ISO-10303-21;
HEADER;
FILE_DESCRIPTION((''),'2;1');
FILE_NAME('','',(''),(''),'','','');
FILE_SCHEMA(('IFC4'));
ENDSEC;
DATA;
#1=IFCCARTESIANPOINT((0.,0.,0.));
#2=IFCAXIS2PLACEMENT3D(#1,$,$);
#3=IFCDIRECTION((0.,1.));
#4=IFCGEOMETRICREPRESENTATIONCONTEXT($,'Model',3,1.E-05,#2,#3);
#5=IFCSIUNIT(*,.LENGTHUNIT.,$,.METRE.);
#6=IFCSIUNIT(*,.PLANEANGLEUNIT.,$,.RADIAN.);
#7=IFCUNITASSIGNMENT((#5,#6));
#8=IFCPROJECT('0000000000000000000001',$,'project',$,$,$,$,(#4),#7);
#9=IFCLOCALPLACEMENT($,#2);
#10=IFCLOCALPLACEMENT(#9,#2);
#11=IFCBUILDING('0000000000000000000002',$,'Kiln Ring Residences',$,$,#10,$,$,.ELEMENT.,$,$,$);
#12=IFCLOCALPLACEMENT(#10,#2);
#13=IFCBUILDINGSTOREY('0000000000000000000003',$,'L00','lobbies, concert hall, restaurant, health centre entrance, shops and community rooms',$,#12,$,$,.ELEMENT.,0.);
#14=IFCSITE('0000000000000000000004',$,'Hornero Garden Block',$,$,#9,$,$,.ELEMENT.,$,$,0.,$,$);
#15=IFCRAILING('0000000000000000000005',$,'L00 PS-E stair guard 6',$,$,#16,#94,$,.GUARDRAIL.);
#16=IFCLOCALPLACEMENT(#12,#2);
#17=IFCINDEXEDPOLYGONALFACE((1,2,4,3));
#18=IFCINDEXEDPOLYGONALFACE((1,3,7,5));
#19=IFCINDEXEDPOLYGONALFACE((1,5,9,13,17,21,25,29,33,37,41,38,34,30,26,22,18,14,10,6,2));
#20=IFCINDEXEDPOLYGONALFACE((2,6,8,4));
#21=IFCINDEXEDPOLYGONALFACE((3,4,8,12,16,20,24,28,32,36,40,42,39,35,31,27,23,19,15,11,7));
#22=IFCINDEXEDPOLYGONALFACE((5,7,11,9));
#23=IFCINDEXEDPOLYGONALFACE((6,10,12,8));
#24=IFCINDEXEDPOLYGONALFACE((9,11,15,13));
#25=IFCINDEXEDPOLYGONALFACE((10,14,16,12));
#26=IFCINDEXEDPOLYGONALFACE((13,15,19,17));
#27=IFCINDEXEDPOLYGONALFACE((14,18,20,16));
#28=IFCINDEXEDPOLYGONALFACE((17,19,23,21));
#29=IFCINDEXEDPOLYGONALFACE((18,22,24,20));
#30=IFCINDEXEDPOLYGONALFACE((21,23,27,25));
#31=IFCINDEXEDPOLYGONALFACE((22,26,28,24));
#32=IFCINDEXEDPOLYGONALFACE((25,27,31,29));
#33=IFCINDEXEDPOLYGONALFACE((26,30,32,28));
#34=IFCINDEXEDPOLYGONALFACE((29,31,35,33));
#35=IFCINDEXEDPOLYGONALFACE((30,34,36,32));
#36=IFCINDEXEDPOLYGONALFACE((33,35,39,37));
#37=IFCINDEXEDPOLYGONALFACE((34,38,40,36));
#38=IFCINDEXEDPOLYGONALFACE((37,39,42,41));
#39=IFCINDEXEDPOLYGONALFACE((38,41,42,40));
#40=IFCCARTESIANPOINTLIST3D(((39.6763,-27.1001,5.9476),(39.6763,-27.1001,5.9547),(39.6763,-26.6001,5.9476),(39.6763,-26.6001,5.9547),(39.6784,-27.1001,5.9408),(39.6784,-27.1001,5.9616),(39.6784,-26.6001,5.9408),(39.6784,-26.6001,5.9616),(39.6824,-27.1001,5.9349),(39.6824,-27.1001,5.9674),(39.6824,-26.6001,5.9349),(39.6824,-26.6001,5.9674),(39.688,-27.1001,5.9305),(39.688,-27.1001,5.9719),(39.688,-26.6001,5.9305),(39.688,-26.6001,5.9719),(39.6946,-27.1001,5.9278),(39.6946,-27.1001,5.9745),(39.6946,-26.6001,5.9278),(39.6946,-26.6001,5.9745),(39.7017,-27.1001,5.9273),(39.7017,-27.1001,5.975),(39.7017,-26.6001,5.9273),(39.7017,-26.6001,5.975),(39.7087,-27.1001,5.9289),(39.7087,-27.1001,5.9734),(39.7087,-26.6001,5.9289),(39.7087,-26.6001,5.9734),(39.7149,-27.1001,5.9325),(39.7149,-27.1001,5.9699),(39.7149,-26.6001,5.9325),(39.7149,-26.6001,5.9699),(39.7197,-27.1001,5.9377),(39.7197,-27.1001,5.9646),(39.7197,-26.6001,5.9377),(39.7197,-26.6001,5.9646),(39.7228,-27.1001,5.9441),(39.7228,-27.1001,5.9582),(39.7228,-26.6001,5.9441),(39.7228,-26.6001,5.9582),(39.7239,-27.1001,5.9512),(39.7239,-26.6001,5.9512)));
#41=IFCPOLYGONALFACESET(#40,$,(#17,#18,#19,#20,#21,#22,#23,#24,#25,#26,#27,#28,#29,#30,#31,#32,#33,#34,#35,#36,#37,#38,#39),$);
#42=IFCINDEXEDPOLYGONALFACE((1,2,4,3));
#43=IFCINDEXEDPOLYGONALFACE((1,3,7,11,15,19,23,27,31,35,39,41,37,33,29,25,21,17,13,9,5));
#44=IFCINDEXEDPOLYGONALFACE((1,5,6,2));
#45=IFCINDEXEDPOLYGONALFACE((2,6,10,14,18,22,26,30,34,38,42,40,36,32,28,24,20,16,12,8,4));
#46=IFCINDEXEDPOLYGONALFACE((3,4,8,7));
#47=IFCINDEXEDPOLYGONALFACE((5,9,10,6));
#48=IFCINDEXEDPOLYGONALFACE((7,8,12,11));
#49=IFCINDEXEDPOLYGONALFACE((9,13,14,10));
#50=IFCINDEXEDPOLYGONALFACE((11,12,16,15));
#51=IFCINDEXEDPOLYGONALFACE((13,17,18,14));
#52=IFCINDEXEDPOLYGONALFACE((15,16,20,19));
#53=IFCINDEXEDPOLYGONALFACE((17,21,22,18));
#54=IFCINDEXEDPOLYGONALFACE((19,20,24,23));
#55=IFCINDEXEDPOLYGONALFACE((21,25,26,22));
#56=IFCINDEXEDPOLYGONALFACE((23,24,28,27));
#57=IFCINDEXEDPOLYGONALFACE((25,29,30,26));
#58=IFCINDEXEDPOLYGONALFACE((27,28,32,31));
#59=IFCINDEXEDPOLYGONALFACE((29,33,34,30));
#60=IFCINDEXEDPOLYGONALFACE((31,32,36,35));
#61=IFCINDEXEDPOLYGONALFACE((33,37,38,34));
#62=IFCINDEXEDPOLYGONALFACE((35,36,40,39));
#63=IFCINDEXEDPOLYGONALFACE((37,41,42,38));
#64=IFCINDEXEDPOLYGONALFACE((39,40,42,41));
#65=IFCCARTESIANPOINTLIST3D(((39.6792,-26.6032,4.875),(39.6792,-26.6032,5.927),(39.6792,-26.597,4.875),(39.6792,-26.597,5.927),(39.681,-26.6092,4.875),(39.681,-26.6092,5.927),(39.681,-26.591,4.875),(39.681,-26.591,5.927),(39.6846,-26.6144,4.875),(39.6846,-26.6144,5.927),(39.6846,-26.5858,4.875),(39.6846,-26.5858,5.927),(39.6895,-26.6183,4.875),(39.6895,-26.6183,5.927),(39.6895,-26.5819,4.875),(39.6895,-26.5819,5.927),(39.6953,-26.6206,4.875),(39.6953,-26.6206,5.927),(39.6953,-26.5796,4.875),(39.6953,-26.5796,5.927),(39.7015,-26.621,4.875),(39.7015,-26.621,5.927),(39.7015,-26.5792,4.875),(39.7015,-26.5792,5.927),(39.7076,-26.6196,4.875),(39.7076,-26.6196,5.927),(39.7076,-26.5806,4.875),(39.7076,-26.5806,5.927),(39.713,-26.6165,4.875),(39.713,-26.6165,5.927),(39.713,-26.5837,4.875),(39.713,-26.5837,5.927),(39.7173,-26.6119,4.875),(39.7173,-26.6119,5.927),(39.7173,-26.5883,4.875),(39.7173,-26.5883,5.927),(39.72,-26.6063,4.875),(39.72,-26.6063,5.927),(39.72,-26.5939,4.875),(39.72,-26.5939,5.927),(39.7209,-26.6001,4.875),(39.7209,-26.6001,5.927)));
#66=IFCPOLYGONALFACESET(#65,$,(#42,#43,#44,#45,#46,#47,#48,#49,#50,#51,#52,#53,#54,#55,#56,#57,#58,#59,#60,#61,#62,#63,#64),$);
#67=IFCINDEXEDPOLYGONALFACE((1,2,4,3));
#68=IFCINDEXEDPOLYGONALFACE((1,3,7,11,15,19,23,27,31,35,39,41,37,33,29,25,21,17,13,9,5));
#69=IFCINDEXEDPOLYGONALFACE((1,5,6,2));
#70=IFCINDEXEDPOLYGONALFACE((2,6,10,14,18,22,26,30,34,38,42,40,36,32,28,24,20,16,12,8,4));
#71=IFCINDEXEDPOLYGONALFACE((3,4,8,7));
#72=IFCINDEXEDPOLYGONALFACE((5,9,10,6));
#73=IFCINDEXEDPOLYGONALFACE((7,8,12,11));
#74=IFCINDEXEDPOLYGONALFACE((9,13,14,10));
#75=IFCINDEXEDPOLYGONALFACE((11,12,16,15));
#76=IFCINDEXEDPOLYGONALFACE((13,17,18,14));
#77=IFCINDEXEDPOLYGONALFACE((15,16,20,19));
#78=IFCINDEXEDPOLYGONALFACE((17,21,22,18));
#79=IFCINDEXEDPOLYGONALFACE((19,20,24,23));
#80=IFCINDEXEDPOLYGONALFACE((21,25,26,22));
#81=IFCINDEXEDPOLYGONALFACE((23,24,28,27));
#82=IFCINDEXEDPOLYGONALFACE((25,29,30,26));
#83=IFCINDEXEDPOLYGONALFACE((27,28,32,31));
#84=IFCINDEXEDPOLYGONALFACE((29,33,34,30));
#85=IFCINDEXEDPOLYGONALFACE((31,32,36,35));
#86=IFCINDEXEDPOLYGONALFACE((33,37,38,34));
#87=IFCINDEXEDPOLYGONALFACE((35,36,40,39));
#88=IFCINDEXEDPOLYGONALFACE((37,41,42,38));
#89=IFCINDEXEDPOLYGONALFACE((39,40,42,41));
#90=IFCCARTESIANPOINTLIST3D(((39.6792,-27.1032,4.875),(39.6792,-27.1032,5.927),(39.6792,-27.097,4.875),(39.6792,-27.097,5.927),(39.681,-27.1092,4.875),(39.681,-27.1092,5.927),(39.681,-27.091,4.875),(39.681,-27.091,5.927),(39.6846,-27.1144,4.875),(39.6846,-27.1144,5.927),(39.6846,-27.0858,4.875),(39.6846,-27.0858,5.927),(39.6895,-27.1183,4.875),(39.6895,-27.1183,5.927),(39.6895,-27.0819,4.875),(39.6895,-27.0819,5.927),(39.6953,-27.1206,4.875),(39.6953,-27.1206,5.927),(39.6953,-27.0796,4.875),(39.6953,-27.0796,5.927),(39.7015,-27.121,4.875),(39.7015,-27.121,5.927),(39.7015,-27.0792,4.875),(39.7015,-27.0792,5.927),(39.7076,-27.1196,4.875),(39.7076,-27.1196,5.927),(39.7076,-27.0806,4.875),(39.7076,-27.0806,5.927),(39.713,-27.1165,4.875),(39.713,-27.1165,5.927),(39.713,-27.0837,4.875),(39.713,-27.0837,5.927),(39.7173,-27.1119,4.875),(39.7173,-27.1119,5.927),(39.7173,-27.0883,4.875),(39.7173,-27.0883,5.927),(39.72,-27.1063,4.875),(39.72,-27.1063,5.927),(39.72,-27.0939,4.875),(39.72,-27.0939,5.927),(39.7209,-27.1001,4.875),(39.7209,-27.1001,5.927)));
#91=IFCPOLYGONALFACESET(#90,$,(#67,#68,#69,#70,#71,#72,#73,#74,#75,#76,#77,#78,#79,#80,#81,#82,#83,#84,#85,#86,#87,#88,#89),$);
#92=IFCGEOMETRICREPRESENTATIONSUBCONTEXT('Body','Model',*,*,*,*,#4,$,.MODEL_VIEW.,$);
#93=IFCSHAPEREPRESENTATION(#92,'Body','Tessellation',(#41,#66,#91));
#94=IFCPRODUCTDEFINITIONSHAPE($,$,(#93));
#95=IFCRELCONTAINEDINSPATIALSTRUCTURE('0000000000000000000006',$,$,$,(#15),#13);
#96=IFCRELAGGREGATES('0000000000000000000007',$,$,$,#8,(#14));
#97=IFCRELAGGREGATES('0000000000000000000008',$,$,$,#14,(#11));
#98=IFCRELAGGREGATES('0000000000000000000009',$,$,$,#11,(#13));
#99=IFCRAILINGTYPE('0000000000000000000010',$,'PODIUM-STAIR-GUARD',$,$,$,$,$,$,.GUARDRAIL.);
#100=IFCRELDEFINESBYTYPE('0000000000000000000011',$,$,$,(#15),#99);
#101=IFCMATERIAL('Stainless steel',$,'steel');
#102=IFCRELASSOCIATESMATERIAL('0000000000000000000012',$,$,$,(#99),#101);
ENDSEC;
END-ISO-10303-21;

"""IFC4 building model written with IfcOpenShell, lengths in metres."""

from ifc_helpers import new_model, si_unit, direction, frame, origin, origin_2d, place, context, subcontext, project, spatial, circle, extrude, material, type_object, element, save


model = new_model("IFC4")

# Units and contexts
model_context = context("Model", 3, precision=1e-05, world=origin(), true_north=direction((0.0, 1.0)))
body_context = subcontext(model_context, "Body", "Model", "MODEL_VIEW")
ifc_project = project(units=[si_unit("LENGTHUNIT", "METRE"), si_unit("PLANEANGLEUNIT", "RADIAN")], contexts=[model_context])

# Site, building, storey
site_placement = place(None, origin())
site = spatial("IfcSite", under=ifc_project, at=site_placement, Name="Hornero Garden Block", CompositionType="ELEMENT", RefElevation=0.0)
building_placement = place(site_placement, origin())
building = spatial("IfcBuilding", under=site, at=building_placement, Name="Kiln Ring Residences", CompositionType="ELEMENT")
storey_placement = place(building_placement, origin())
storey = spatial("IfcBuildingStorey", under=building, at=storey_placement, Name="L00", Description="lobbies, concert hall, restaurant, health centre entrance, shops and community rooms", CompositionType="ELEMENT", Elevation=0.0)

# Railing
ifc_material_1 = material(Name="Stainless steel", Category="steel")
railing_type_1 = type_object("IfcRailingType", Name="PODIUM-STAIR-GUARD", PredefinedType="GUARDRAIL", material=ifc_material_1)
for number, where, name in (
    (1, (39.7, -26.6001, 4.875), "L00 PS-E stair guard 6"),
):
    element("IfcRailing", number, at=place(storey_placement, frame(where)), inside=storey, type_object=railing_type_1, Name=name, PredefinedType="GUARDRAIL", context=body_context, shape_type="SweptSolid", body=[
        extrude(circle(Radius=0.0239, at=origin_2d()), frame((0.0, 0.0, 1.0762), z_axis=(0.0, -1.0, 0.0), x_axis=(1.0, 0.0, 0.0)), (0.0, 0.0, 1.0), 0.5),
        extrude(circle(Radius=0.021, at=origin_2d()), origin(), (0.0, 0.0, 1.0), 1.052),
        extrude(circle(Radius=0.021, at=origin_2d()), frame((0.0, -0.5, 0.0)), (0.0, 0.0, 1.0), 1.052),
    ])

save(model, "model.ifc")
